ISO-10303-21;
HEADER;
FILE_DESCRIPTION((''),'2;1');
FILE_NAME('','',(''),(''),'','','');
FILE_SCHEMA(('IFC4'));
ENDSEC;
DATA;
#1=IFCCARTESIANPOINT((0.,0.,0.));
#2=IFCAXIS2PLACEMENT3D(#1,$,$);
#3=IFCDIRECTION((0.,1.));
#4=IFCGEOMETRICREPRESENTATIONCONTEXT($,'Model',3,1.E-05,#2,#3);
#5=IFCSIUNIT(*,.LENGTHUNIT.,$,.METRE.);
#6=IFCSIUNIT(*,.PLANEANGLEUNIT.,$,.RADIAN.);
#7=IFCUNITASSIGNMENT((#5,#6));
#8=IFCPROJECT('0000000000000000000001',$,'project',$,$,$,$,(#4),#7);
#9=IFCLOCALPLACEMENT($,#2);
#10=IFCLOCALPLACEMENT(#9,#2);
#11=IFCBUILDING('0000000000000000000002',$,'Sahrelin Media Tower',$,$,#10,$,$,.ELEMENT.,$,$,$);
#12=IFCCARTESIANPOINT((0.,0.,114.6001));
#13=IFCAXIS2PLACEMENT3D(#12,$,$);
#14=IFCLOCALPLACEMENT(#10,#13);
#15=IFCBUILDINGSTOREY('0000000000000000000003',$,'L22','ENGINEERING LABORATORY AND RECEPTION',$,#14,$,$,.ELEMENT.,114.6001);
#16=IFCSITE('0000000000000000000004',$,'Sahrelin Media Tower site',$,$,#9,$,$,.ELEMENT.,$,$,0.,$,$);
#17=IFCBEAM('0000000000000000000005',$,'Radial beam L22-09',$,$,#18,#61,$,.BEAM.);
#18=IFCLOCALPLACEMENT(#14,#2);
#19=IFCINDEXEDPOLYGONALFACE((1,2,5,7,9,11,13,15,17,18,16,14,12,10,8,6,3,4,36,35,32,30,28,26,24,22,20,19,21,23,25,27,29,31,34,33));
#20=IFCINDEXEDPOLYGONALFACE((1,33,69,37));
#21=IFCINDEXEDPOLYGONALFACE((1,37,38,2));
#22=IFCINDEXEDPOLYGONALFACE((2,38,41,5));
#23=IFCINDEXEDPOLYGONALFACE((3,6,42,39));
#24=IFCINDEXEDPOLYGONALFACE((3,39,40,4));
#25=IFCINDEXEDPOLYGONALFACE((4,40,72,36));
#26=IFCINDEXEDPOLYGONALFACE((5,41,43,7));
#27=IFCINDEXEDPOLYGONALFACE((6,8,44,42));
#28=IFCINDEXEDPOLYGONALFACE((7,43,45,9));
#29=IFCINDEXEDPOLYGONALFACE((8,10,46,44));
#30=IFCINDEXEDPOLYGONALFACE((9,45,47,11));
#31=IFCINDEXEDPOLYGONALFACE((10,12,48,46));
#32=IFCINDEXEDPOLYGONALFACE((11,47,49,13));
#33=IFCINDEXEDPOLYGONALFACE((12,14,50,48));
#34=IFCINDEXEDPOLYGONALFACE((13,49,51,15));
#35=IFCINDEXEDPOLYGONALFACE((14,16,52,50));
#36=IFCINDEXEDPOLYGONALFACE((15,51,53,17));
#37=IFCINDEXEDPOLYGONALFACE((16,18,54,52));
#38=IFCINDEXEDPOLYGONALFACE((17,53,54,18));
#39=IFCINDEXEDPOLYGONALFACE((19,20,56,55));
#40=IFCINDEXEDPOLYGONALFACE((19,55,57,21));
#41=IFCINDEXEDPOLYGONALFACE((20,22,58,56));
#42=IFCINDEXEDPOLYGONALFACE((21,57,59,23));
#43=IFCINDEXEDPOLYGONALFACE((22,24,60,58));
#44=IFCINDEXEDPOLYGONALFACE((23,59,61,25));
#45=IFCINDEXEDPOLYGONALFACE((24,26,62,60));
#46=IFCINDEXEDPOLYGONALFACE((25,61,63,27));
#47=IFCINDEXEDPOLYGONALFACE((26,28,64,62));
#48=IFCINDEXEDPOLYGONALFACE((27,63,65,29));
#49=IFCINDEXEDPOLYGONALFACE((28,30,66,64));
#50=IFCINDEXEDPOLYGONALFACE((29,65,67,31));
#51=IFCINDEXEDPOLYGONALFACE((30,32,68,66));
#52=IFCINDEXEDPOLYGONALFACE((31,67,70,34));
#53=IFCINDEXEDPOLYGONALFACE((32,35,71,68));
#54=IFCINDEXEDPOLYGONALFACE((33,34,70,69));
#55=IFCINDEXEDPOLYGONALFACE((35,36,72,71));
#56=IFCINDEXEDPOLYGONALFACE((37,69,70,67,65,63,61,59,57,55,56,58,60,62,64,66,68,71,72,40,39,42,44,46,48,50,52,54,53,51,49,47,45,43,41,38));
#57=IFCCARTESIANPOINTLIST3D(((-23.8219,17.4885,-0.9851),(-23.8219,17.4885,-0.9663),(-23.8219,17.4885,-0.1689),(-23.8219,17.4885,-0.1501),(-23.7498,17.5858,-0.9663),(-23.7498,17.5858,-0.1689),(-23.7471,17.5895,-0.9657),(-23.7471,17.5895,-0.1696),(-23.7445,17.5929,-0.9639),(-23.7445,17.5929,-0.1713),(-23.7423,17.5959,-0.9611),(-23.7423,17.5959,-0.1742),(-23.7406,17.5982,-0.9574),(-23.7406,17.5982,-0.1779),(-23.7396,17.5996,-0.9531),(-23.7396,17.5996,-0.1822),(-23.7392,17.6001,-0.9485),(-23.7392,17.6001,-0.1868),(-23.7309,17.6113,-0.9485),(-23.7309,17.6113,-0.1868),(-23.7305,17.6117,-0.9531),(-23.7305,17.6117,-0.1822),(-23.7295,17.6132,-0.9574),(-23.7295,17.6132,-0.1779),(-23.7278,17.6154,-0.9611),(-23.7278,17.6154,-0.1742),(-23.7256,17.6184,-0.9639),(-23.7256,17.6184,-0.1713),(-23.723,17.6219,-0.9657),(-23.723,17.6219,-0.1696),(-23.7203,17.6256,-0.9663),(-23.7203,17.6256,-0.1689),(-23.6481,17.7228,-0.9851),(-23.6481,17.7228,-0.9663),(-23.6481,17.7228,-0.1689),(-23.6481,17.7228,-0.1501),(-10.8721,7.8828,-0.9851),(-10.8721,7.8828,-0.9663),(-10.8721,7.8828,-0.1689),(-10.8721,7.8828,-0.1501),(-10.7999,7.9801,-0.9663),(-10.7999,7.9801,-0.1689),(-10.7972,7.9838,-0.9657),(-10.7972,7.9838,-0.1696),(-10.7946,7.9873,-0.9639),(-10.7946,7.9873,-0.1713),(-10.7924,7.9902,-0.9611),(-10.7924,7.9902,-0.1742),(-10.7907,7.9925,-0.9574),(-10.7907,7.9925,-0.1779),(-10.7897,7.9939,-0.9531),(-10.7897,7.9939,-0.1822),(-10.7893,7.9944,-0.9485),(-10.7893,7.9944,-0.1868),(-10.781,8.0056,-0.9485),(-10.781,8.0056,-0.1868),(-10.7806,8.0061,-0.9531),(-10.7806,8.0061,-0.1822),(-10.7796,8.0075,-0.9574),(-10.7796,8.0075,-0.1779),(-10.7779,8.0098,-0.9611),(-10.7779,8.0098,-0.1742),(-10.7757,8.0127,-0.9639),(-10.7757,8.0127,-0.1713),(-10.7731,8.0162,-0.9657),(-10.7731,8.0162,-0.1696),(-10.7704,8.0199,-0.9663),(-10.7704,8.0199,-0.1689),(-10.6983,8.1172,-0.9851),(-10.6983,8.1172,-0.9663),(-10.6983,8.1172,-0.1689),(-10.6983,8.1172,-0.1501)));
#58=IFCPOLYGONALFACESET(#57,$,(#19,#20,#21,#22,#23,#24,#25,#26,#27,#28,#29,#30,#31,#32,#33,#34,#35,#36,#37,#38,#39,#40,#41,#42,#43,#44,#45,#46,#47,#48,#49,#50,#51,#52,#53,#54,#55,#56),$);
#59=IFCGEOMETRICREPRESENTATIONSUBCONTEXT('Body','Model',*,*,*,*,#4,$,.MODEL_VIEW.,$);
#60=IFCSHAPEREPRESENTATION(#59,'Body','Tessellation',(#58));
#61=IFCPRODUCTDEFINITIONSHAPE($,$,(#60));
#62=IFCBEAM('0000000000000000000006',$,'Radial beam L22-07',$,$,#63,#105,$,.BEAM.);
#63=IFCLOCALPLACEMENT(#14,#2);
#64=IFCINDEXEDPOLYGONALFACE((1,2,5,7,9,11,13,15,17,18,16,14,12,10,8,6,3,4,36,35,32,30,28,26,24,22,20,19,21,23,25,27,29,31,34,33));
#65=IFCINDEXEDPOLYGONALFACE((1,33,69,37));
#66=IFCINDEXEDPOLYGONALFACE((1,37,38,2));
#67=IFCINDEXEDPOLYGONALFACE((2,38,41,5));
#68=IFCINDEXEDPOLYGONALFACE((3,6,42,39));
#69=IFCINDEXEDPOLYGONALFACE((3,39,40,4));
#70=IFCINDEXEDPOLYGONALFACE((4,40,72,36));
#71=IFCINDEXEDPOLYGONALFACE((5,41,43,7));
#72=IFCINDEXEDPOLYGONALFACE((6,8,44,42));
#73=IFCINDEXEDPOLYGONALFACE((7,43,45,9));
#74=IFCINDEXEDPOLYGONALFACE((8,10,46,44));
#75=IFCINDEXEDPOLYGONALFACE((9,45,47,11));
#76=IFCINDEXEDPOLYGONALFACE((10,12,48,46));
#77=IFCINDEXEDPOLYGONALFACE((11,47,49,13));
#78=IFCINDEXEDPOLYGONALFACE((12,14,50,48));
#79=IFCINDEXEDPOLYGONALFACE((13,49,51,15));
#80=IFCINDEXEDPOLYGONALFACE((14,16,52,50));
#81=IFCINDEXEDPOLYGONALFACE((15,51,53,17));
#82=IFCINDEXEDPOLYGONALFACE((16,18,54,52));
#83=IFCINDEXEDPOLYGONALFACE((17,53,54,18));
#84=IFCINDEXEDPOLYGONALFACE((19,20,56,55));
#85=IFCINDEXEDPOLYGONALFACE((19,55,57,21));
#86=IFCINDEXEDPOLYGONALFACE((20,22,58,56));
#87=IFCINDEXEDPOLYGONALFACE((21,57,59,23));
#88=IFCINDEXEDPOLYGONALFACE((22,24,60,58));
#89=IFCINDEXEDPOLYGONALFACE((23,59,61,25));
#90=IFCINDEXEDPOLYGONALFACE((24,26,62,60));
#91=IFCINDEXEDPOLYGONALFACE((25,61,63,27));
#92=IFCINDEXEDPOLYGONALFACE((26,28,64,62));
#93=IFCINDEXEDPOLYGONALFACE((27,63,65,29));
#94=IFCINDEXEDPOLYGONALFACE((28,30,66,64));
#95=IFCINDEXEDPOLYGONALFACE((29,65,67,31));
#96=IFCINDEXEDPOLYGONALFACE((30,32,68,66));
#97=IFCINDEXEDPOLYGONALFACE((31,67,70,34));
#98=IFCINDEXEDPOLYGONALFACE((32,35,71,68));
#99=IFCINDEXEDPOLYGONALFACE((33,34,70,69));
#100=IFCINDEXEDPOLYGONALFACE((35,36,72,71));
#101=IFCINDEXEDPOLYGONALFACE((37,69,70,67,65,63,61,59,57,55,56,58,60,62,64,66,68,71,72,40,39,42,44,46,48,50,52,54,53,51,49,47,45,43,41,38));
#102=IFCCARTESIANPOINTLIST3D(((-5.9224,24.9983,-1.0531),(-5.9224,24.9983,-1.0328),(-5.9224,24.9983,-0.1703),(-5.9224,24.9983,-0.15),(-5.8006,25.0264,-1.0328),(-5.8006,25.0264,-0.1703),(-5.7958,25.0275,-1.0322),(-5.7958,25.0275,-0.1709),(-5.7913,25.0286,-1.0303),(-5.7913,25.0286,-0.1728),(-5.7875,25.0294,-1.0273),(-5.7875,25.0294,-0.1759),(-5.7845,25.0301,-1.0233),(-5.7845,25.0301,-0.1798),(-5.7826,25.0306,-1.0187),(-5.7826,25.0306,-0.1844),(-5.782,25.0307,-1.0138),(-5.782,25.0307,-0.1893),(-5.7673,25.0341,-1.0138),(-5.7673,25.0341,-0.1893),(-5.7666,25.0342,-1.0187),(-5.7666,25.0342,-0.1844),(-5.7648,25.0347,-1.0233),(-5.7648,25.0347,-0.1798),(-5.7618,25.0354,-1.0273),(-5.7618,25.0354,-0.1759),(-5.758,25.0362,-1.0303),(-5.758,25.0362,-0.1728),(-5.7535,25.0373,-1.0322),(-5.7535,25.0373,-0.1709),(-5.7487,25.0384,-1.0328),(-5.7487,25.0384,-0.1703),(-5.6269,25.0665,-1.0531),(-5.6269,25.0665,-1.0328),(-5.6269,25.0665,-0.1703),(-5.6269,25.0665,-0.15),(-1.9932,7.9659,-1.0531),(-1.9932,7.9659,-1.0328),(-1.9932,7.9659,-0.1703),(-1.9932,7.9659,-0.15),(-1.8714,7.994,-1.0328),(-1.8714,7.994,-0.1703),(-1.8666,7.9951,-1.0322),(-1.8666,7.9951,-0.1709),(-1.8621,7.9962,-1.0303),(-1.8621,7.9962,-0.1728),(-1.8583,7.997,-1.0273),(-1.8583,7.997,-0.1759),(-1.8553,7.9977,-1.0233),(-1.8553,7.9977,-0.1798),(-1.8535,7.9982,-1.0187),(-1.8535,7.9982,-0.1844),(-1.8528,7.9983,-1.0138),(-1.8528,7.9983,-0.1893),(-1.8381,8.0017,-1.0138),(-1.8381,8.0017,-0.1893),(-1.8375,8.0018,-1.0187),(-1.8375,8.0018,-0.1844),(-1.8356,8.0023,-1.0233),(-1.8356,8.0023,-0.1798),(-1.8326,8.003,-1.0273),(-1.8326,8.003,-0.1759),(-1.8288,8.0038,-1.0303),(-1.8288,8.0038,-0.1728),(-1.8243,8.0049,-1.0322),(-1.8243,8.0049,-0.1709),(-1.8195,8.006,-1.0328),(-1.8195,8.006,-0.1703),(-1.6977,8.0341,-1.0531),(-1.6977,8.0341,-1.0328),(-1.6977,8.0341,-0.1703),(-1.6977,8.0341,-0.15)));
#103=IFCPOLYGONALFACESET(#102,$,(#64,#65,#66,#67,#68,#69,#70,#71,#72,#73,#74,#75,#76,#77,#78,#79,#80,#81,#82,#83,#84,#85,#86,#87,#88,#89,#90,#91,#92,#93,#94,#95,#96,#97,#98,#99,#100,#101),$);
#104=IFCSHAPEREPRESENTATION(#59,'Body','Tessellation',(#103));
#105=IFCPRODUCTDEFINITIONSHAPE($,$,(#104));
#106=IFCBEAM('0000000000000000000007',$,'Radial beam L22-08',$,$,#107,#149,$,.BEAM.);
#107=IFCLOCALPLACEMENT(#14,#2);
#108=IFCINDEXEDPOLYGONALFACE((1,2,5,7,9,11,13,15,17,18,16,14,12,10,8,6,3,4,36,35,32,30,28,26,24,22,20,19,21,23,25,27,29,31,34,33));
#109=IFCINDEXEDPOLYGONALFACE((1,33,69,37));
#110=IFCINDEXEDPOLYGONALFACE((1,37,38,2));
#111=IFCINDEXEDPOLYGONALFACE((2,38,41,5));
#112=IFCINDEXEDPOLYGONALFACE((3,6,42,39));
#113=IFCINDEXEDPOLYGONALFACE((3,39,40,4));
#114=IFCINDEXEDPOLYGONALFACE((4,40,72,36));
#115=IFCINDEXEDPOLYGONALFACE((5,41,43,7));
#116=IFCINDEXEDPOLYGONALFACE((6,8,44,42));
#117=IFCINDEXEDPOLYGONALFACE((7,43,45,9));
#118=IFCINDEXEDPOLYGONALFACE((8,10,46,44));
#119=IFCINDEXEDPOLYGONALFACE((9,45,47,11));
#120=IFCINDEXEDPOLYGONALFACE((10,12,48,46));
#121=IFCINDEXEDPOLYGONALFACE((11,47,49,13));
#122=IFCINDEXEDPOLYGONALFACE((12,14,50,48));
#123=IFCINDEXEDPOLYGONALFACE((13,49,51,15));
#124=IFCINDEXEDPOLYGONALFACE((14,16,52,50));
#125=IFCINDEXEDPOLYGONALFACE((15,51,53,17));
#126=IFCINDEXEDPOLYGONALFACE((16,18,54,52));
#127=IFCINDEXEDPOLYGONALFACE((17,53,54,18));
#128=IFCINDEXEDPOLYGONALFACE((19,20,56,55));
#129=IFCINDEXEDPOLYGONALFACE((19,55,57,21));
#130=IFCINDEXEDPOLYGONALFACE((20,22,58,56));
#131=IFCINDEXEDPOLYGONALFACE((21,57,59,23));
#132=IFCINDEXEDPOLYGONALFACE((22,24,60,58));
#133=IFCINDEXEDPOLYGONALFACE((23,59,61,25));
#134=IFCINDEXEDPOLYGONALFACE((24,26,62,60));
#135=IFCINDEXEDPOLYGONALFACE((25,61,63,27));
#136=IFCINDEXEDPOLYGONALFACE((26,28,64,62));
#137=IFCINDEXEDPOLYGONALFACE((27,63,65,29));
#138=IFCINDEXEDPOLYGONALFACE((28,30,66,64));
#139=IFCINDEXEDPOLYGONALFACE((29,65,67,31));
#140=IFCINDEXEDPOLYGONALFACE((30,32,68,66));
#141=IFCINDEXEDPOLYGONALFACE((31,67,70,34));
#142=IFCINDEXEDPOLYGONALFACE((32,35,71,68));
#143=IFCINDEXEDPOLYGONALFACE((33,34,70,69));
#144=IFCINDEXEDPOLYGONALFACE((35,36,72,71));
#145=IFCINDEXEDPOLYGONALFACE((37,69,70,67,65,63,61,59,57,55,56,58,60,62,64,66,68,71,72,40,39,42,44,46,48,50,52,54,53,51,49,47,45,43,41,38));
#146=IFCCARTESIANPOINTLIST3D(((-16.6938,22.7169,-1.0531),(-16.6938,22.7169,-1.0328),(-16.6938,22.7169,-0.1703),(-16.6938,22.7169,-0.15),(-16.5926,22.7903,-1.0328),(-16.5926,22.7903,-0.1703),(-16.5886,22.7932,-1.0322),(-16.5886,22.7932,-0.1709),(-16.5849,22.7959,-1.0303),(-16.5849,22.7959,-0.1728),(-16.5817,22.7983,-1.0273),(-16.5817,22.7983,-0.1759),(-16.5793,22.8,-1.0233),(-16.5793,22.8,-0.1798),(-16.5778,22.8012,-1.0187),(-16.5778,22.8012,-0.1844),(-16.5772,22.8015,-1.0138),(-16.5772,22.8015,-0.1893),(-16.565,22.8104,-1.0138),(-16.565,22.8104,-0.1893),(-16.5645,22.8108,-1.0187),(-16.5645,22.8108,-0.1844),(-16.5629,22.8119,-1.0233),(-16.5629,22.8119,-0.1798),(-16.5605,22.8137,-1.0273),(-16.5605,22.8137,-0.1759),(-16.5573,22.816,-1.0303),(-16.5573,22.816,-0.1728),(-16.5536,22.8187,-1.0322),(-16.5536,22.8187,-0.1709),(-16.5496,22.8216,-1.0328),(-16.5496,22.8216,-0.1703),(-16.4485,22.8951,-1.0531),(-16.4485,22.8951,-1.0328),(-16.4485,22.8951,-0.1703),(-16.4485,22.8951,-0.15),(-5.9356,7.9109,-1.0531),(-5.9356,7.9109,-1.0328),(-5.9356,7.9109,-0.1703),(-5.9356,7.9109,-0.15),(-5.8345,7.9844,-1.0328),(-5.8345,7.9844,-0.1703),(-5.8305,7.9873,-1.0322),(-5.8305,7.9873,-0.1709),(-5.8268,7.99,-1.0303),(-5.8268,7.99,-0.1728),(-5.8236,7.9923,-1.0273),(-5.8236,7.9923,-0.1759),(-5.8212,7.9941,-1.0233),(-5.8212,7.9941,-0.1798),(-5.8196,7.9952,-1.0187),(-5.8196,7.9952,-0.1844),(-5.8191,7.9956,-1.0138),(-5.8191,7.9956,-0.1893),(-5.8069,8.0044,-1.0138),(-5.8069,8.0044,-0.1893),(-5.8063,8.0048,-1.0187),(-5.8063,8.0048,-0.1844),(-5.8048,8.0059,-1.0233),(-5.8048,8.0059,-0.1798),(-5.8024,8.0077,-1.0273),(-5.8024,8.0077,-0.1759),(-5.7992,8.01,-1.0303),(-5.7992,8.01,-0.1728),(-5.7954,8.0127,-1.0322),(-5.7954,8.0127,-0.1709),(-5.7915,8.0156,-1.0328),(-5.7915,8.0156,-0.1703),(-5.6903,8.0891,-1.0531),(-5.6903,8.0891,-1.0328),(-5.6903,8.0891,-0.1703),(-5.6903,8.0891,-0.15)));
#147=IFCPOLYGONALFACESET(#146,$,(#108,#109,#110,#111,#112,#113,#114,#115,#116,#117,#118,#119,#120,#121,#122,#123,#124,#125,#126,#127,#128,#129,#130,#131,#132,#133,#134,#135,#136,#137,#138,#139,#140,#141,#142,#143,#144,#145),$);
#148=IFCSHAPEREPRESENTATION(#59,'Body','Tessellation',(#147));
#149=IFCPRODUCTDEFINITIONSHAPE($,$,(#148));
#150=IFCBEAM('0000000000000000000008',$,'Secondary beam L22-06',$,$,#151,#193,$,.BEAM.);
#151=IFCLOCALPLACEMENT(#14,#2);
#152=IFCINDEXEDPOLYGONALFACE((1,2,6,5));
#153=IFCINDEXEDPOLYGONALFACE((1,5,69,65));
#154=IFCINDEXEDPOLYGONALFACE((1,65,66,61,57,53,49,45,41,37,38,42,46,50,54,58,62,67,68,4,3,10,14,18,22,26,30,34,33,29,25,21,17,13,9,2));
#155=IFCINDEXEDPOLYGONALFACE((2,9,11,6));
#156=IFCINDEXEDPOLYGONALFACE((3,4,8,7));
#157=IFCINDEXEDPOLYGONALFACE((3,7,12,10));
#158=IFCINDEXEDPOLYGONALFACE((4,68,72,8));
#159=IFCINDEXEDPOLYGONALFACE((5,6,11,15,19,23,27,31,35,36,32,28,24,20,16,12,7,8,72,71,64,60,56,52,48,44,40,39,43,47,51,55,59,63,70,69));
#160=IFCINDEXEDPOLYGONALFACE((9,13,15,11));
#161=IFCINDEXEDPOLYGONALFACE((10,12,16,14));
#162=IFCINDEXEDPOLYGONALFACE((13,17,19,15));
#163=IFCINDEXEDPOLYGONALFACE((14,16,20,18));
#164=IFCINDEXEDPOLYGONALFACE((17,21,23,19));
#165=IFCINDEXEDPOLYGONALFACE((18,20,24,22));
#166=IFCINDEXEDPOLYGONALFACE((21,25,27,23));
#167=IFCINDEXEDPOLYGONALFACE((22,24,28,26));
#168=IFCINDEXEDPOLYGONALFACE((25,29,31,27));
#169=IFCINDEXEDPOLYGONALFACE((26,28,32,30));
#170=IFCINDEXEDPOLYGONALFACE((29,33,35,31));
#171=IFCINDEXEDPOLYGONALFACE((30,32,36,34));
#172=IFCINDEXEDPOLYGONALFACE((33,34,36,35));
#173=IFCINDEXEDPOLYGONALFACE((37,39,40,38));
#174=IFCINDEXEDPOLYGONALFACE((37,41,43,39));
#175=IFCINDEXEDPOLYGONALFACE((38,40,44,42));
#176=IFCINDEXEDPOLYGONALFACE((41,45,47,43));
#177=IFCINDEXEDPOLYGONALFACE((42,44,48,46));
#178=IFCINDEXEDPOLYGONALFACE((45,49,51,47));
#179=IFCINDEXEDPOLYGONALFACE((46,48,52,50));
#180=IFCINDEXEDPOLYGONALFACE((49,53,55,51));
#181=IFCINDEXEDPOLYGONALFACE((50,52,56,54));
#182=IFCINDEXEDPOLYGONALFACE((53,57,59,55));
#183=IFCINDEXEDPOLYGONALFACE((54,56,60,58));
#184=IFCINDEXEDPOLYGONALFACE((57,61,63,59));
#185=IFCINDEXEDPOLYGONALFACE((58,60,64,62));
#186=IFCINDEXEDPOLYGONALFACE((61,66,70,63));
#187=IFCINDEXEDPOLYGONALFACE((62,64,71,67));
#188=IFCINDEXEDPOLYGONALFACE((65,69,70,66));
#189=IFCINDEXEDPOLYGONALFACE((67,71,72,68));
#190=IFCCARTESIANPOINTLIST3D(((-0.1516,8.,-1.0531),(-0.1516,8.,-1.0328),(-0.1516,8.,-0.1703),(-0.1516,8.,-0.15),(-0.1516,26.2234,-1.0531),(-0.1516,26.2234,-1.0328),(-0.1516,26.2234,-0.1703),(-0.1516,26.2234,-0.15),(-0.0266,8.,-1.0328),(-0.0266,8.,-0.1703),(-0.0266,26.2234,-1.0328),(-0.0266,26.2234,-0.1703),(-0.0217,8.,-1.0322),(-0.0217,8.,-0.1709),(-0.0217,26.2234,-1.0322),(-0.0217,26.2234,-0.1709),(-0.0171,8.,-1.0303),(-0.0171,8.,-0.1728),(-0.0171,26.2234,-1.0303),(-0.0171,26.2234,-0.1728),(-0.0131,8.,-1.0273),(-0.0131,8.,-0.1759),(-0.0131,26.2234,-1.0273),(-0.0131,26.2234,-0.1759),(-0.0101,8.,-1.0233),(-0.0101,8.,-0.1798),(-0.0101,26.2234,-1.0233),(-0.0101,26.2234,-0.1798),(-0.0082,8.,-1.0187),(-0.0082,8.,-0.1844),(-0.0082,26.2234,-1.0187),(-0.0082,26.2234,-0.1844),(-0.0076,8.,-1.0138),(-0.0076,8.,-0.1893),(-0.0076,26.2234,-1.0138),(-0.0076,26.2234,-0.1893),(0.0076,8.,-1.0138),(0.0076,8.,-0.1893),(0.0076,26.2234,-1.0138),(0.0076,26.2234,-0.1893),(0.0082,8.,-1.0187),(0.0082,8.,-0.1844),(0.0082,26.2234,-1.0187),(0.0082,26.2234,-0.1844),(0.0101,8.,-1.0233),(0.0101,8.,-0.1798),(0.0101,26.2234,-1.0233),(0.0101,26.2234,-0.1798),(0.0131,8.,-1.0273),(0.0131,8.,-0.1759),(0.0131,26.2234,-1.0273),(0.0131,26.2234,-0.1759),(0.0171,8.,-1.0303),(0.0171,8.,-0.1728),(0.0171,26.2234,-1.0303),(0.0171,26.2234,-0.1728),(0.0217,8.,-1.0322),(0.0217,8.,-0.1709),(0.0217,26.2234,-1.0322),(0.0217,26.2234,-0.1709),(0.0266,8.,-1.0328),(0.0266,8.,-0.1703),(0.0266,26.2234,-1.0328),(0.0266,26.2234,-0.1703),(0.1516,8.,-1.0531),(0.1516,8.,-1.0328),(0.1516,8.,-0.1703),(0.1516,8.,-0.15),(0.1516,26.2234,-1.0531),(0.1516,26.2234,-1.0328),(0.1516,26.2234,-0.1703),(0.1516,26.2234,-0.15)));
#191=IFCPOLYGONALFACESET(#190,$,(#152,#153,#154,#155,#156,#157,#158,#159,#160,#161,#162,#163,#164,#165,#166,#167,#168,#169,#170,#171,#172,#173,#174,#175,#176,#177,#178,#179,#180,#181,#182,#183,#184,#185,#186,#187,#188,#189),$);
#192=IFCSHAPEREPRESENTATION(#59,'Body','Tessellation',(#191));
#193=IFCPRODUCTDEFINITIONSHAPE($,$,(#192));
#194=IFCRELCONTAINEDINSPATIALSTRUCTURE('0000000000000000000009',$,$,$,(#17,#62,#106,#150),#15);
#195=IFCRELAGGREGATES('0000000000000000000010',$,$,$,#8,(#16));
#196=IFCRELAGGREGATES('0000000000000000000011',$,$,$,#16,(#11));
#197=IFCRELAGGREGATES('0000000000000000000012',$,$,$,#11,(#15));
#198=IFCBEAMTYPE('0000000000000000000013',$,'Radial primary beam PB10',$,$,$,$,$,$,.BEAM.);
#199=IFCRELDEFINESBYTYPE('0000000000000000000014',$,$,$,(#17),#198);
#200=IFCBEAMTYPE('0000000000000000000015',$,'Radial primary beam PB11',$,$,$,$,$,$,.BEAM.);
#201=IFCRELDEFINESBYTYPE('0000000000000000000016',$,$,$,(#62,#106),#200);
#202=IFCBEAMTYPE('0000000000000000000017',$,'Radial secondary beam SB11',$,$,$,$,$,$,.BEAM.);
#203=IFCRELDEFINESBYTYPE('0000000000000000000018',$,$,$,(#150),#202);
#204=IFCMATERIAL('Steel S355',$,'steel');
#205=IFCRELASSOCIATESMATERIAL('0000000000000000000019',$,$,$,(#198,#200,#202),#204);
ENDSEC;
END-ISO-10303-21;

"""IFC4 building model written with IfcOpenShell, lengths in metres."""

from ifc_helpers import new_model, si_unit, direction, frame, origin, origin_2d, place, context, subcontext, project, spatial, i_section, extrude, material, material_profile, profile_set, type_object, element, save


model = new_model("IFC4")

# Units and contexts
model_context = context("Model", 3, precision=1e-05, world=origin(), true_north=direction((0.0, 1.0)))
body_context = subcontext(model_context, "Body", "Model", "MODEL_VIEW")
ifc_project = project(units=[si_unit("LENGTHUNIT", "METRE"), si_unit("PLANEANGLEUNIT", "RADIAN")], contexts=[model_context])

# Site, building, storey
site_placement = place(None, origin())
site = spatial("IfcSite", under=ifc_project, at=site_placement, Name="Sahrelin Media Tower site", CompositionType="ELEMENT", RefElevation=0.0)
building_placement = place(site_placement, origin())
building = spatial("IfcBuilding", under=site, at=building_placement, Name="Sahrelin Media Tower", CompositionType="ELEMENT")
storey_placement = place(building_placement, frame((0.0, 0.0, 114.6001)))
storey = spatial("IfcBuildingStorey", under=building, at=storey_placement, Name="L22", Description="ENGINEERING LABORATORY AND RECEPTION", CompositionType="ELEMENT", Elevation=114.6001)

# Shared definitions
ifc_material_1 = material(Name="Steel S355", Category="steel")

# Beams
ifc_material_profile_1 = material_profile(ifc_material_1, i_section(OverallWidth=0.2917, OverallDepth=0.835, WebThickness=0.0139, FlangeThickness=0.0188, FilletRadius=0.0178, at=origin_2d()), Name="UB 838x292x176")
ifc_profile_set_1 = profile_set([ifc_material_profile_1], Name="Steel S355")
beam_type_1 = type_object("IfcBeamType", Name="Radial primary beam PB10", PredefinedType="BEAM", material=ifc_profile_set_1)
beam_1_placement = place(storey_placement, frame((-10.7852, 8.0, -0.5676), z_axis=(-0.803167, 0.595754, 0.0), x_axis=(-0.595754, -0.803167, 0.0)))
element("IfcBeam", 1, at=beam_1_placement, inside=storey, type_object=beam_type_1, Name="Radial beam L22-09", PredefinedType="BEAM", context=body_context, shape_type="SweptSolid", body=[
    extrude(i_section(OverallWidth=0.2917, OverallDepth=0.835, WebThickness=0.0139, FlangeThickness=0.0188, FilletRadius=0.0178, at=origin_2d()), origin(), (0.0, 0.0, 1.0), 16.1235),
])
ifc_material_profile_2 = material_profile(ifc_material_1, i_section(OverallWidth=0.3032, OverallDepth=0.9031, WebThickness=0.0151, FlangeThickness=0.0203, FilletRadius=0.019, at=origin_2d()), Name="UB 914x305x201")
ifc_profile_set_2 = profile_set([ifc_material_profile_2], Name="Steel S355")
beam_type_2 = type_object("IfcBeamType", Name="Radial primary beam PB11", PredefinedType="BEAM", material=ifc_profile_set_2)
beam_2_placement = place(storey_placement, frame((-1.8455, 8.0, -0.6016), z_axis=(-0.224785, 0.974408, 0.0), x_axis=(-0.974408, -0.224785, 0.0)))
element("IfcBeam", 2, at=beam_2_placement, inside=storey, type_object=beam_type_2, Name="Radial beam L22-07", PredefinedType="BEAM", context=body_context, shape_type="SweptSolid", body=[
    extrude(i_section(OverallWidth=0.3032, OverallDepth=0.9031, WebThickness=0.0151, FlangeThickness=0.0203, FilletRadius=0.019, at=origin_2d()), origin(), (0.0, 0.0, 1.0), 17.4797),
])
beam_3_placement = place(storey_placement, frame((-5.813, 8.0, -0.6016), z_axis=(-0.587819, 0.808993, 0.0), x_axis=(-0.808993, -0.587819, 0.0)))
element("IfcBeam", 3, at=beam_3_placement, inside=storey, type_object=beam_type_2, Name="Radial beam L22-08", PredefinedType="BEAM", context=body_context, shape_type="SweptSolid", body=[
    extrude(i_section(OverallWidth=0.3032, OverallDepth=0.9031, WebThickness=0.0151, FlangeThickness=0.0203, FilletRadius=0.019, at=origin_2d()), origin(), (0.0, 0.0, 1.0), 18.3018),
])
ifc_material_profile_3 = material_profile(ifc_material_1, i_section(OverallWidth=0.3032, OverallDepth=0.9031, WebThickness=0.0151, FlangeThickness=0.0203, FilletRadius=0.019, at=origin_2d()), Name="UB 914x305x201")
ifc_profile_set_3 = profile_set([ifc_material_profile_3], Name="Steel S355")
beam_type_3 = type_object("IfcBeamType", Name="Radial secondary beam SB11", PredefinedType="BEAM", material=ifc_profile_set_3)
beam_4_placement = place(storey_placement, frame((0.0, 8.0, -0.6016), z_axis=(0.0, 1.0, 0.0), x_axis=(-1.0, 0.0, 0.0)))
element("IfcBeam", 4, at=beam_4_placement, inside=storey, type_object=beam_type_3, Name="Secondary beam L22-06", PredefinedType="BEAM", context=body_context, shape_type="SweptSolid", body=[
    extrude(i_section(OverallWidth=0.3032, OverallDepth=0.9031, WebThickness=0.0151, FlangeThickness=0.0203, FilletRadius=0.019, at=origin_2d()), origin(), (0.0, 0.0, 1.0), 18.2234),
])

save(model, "model.ifc")
